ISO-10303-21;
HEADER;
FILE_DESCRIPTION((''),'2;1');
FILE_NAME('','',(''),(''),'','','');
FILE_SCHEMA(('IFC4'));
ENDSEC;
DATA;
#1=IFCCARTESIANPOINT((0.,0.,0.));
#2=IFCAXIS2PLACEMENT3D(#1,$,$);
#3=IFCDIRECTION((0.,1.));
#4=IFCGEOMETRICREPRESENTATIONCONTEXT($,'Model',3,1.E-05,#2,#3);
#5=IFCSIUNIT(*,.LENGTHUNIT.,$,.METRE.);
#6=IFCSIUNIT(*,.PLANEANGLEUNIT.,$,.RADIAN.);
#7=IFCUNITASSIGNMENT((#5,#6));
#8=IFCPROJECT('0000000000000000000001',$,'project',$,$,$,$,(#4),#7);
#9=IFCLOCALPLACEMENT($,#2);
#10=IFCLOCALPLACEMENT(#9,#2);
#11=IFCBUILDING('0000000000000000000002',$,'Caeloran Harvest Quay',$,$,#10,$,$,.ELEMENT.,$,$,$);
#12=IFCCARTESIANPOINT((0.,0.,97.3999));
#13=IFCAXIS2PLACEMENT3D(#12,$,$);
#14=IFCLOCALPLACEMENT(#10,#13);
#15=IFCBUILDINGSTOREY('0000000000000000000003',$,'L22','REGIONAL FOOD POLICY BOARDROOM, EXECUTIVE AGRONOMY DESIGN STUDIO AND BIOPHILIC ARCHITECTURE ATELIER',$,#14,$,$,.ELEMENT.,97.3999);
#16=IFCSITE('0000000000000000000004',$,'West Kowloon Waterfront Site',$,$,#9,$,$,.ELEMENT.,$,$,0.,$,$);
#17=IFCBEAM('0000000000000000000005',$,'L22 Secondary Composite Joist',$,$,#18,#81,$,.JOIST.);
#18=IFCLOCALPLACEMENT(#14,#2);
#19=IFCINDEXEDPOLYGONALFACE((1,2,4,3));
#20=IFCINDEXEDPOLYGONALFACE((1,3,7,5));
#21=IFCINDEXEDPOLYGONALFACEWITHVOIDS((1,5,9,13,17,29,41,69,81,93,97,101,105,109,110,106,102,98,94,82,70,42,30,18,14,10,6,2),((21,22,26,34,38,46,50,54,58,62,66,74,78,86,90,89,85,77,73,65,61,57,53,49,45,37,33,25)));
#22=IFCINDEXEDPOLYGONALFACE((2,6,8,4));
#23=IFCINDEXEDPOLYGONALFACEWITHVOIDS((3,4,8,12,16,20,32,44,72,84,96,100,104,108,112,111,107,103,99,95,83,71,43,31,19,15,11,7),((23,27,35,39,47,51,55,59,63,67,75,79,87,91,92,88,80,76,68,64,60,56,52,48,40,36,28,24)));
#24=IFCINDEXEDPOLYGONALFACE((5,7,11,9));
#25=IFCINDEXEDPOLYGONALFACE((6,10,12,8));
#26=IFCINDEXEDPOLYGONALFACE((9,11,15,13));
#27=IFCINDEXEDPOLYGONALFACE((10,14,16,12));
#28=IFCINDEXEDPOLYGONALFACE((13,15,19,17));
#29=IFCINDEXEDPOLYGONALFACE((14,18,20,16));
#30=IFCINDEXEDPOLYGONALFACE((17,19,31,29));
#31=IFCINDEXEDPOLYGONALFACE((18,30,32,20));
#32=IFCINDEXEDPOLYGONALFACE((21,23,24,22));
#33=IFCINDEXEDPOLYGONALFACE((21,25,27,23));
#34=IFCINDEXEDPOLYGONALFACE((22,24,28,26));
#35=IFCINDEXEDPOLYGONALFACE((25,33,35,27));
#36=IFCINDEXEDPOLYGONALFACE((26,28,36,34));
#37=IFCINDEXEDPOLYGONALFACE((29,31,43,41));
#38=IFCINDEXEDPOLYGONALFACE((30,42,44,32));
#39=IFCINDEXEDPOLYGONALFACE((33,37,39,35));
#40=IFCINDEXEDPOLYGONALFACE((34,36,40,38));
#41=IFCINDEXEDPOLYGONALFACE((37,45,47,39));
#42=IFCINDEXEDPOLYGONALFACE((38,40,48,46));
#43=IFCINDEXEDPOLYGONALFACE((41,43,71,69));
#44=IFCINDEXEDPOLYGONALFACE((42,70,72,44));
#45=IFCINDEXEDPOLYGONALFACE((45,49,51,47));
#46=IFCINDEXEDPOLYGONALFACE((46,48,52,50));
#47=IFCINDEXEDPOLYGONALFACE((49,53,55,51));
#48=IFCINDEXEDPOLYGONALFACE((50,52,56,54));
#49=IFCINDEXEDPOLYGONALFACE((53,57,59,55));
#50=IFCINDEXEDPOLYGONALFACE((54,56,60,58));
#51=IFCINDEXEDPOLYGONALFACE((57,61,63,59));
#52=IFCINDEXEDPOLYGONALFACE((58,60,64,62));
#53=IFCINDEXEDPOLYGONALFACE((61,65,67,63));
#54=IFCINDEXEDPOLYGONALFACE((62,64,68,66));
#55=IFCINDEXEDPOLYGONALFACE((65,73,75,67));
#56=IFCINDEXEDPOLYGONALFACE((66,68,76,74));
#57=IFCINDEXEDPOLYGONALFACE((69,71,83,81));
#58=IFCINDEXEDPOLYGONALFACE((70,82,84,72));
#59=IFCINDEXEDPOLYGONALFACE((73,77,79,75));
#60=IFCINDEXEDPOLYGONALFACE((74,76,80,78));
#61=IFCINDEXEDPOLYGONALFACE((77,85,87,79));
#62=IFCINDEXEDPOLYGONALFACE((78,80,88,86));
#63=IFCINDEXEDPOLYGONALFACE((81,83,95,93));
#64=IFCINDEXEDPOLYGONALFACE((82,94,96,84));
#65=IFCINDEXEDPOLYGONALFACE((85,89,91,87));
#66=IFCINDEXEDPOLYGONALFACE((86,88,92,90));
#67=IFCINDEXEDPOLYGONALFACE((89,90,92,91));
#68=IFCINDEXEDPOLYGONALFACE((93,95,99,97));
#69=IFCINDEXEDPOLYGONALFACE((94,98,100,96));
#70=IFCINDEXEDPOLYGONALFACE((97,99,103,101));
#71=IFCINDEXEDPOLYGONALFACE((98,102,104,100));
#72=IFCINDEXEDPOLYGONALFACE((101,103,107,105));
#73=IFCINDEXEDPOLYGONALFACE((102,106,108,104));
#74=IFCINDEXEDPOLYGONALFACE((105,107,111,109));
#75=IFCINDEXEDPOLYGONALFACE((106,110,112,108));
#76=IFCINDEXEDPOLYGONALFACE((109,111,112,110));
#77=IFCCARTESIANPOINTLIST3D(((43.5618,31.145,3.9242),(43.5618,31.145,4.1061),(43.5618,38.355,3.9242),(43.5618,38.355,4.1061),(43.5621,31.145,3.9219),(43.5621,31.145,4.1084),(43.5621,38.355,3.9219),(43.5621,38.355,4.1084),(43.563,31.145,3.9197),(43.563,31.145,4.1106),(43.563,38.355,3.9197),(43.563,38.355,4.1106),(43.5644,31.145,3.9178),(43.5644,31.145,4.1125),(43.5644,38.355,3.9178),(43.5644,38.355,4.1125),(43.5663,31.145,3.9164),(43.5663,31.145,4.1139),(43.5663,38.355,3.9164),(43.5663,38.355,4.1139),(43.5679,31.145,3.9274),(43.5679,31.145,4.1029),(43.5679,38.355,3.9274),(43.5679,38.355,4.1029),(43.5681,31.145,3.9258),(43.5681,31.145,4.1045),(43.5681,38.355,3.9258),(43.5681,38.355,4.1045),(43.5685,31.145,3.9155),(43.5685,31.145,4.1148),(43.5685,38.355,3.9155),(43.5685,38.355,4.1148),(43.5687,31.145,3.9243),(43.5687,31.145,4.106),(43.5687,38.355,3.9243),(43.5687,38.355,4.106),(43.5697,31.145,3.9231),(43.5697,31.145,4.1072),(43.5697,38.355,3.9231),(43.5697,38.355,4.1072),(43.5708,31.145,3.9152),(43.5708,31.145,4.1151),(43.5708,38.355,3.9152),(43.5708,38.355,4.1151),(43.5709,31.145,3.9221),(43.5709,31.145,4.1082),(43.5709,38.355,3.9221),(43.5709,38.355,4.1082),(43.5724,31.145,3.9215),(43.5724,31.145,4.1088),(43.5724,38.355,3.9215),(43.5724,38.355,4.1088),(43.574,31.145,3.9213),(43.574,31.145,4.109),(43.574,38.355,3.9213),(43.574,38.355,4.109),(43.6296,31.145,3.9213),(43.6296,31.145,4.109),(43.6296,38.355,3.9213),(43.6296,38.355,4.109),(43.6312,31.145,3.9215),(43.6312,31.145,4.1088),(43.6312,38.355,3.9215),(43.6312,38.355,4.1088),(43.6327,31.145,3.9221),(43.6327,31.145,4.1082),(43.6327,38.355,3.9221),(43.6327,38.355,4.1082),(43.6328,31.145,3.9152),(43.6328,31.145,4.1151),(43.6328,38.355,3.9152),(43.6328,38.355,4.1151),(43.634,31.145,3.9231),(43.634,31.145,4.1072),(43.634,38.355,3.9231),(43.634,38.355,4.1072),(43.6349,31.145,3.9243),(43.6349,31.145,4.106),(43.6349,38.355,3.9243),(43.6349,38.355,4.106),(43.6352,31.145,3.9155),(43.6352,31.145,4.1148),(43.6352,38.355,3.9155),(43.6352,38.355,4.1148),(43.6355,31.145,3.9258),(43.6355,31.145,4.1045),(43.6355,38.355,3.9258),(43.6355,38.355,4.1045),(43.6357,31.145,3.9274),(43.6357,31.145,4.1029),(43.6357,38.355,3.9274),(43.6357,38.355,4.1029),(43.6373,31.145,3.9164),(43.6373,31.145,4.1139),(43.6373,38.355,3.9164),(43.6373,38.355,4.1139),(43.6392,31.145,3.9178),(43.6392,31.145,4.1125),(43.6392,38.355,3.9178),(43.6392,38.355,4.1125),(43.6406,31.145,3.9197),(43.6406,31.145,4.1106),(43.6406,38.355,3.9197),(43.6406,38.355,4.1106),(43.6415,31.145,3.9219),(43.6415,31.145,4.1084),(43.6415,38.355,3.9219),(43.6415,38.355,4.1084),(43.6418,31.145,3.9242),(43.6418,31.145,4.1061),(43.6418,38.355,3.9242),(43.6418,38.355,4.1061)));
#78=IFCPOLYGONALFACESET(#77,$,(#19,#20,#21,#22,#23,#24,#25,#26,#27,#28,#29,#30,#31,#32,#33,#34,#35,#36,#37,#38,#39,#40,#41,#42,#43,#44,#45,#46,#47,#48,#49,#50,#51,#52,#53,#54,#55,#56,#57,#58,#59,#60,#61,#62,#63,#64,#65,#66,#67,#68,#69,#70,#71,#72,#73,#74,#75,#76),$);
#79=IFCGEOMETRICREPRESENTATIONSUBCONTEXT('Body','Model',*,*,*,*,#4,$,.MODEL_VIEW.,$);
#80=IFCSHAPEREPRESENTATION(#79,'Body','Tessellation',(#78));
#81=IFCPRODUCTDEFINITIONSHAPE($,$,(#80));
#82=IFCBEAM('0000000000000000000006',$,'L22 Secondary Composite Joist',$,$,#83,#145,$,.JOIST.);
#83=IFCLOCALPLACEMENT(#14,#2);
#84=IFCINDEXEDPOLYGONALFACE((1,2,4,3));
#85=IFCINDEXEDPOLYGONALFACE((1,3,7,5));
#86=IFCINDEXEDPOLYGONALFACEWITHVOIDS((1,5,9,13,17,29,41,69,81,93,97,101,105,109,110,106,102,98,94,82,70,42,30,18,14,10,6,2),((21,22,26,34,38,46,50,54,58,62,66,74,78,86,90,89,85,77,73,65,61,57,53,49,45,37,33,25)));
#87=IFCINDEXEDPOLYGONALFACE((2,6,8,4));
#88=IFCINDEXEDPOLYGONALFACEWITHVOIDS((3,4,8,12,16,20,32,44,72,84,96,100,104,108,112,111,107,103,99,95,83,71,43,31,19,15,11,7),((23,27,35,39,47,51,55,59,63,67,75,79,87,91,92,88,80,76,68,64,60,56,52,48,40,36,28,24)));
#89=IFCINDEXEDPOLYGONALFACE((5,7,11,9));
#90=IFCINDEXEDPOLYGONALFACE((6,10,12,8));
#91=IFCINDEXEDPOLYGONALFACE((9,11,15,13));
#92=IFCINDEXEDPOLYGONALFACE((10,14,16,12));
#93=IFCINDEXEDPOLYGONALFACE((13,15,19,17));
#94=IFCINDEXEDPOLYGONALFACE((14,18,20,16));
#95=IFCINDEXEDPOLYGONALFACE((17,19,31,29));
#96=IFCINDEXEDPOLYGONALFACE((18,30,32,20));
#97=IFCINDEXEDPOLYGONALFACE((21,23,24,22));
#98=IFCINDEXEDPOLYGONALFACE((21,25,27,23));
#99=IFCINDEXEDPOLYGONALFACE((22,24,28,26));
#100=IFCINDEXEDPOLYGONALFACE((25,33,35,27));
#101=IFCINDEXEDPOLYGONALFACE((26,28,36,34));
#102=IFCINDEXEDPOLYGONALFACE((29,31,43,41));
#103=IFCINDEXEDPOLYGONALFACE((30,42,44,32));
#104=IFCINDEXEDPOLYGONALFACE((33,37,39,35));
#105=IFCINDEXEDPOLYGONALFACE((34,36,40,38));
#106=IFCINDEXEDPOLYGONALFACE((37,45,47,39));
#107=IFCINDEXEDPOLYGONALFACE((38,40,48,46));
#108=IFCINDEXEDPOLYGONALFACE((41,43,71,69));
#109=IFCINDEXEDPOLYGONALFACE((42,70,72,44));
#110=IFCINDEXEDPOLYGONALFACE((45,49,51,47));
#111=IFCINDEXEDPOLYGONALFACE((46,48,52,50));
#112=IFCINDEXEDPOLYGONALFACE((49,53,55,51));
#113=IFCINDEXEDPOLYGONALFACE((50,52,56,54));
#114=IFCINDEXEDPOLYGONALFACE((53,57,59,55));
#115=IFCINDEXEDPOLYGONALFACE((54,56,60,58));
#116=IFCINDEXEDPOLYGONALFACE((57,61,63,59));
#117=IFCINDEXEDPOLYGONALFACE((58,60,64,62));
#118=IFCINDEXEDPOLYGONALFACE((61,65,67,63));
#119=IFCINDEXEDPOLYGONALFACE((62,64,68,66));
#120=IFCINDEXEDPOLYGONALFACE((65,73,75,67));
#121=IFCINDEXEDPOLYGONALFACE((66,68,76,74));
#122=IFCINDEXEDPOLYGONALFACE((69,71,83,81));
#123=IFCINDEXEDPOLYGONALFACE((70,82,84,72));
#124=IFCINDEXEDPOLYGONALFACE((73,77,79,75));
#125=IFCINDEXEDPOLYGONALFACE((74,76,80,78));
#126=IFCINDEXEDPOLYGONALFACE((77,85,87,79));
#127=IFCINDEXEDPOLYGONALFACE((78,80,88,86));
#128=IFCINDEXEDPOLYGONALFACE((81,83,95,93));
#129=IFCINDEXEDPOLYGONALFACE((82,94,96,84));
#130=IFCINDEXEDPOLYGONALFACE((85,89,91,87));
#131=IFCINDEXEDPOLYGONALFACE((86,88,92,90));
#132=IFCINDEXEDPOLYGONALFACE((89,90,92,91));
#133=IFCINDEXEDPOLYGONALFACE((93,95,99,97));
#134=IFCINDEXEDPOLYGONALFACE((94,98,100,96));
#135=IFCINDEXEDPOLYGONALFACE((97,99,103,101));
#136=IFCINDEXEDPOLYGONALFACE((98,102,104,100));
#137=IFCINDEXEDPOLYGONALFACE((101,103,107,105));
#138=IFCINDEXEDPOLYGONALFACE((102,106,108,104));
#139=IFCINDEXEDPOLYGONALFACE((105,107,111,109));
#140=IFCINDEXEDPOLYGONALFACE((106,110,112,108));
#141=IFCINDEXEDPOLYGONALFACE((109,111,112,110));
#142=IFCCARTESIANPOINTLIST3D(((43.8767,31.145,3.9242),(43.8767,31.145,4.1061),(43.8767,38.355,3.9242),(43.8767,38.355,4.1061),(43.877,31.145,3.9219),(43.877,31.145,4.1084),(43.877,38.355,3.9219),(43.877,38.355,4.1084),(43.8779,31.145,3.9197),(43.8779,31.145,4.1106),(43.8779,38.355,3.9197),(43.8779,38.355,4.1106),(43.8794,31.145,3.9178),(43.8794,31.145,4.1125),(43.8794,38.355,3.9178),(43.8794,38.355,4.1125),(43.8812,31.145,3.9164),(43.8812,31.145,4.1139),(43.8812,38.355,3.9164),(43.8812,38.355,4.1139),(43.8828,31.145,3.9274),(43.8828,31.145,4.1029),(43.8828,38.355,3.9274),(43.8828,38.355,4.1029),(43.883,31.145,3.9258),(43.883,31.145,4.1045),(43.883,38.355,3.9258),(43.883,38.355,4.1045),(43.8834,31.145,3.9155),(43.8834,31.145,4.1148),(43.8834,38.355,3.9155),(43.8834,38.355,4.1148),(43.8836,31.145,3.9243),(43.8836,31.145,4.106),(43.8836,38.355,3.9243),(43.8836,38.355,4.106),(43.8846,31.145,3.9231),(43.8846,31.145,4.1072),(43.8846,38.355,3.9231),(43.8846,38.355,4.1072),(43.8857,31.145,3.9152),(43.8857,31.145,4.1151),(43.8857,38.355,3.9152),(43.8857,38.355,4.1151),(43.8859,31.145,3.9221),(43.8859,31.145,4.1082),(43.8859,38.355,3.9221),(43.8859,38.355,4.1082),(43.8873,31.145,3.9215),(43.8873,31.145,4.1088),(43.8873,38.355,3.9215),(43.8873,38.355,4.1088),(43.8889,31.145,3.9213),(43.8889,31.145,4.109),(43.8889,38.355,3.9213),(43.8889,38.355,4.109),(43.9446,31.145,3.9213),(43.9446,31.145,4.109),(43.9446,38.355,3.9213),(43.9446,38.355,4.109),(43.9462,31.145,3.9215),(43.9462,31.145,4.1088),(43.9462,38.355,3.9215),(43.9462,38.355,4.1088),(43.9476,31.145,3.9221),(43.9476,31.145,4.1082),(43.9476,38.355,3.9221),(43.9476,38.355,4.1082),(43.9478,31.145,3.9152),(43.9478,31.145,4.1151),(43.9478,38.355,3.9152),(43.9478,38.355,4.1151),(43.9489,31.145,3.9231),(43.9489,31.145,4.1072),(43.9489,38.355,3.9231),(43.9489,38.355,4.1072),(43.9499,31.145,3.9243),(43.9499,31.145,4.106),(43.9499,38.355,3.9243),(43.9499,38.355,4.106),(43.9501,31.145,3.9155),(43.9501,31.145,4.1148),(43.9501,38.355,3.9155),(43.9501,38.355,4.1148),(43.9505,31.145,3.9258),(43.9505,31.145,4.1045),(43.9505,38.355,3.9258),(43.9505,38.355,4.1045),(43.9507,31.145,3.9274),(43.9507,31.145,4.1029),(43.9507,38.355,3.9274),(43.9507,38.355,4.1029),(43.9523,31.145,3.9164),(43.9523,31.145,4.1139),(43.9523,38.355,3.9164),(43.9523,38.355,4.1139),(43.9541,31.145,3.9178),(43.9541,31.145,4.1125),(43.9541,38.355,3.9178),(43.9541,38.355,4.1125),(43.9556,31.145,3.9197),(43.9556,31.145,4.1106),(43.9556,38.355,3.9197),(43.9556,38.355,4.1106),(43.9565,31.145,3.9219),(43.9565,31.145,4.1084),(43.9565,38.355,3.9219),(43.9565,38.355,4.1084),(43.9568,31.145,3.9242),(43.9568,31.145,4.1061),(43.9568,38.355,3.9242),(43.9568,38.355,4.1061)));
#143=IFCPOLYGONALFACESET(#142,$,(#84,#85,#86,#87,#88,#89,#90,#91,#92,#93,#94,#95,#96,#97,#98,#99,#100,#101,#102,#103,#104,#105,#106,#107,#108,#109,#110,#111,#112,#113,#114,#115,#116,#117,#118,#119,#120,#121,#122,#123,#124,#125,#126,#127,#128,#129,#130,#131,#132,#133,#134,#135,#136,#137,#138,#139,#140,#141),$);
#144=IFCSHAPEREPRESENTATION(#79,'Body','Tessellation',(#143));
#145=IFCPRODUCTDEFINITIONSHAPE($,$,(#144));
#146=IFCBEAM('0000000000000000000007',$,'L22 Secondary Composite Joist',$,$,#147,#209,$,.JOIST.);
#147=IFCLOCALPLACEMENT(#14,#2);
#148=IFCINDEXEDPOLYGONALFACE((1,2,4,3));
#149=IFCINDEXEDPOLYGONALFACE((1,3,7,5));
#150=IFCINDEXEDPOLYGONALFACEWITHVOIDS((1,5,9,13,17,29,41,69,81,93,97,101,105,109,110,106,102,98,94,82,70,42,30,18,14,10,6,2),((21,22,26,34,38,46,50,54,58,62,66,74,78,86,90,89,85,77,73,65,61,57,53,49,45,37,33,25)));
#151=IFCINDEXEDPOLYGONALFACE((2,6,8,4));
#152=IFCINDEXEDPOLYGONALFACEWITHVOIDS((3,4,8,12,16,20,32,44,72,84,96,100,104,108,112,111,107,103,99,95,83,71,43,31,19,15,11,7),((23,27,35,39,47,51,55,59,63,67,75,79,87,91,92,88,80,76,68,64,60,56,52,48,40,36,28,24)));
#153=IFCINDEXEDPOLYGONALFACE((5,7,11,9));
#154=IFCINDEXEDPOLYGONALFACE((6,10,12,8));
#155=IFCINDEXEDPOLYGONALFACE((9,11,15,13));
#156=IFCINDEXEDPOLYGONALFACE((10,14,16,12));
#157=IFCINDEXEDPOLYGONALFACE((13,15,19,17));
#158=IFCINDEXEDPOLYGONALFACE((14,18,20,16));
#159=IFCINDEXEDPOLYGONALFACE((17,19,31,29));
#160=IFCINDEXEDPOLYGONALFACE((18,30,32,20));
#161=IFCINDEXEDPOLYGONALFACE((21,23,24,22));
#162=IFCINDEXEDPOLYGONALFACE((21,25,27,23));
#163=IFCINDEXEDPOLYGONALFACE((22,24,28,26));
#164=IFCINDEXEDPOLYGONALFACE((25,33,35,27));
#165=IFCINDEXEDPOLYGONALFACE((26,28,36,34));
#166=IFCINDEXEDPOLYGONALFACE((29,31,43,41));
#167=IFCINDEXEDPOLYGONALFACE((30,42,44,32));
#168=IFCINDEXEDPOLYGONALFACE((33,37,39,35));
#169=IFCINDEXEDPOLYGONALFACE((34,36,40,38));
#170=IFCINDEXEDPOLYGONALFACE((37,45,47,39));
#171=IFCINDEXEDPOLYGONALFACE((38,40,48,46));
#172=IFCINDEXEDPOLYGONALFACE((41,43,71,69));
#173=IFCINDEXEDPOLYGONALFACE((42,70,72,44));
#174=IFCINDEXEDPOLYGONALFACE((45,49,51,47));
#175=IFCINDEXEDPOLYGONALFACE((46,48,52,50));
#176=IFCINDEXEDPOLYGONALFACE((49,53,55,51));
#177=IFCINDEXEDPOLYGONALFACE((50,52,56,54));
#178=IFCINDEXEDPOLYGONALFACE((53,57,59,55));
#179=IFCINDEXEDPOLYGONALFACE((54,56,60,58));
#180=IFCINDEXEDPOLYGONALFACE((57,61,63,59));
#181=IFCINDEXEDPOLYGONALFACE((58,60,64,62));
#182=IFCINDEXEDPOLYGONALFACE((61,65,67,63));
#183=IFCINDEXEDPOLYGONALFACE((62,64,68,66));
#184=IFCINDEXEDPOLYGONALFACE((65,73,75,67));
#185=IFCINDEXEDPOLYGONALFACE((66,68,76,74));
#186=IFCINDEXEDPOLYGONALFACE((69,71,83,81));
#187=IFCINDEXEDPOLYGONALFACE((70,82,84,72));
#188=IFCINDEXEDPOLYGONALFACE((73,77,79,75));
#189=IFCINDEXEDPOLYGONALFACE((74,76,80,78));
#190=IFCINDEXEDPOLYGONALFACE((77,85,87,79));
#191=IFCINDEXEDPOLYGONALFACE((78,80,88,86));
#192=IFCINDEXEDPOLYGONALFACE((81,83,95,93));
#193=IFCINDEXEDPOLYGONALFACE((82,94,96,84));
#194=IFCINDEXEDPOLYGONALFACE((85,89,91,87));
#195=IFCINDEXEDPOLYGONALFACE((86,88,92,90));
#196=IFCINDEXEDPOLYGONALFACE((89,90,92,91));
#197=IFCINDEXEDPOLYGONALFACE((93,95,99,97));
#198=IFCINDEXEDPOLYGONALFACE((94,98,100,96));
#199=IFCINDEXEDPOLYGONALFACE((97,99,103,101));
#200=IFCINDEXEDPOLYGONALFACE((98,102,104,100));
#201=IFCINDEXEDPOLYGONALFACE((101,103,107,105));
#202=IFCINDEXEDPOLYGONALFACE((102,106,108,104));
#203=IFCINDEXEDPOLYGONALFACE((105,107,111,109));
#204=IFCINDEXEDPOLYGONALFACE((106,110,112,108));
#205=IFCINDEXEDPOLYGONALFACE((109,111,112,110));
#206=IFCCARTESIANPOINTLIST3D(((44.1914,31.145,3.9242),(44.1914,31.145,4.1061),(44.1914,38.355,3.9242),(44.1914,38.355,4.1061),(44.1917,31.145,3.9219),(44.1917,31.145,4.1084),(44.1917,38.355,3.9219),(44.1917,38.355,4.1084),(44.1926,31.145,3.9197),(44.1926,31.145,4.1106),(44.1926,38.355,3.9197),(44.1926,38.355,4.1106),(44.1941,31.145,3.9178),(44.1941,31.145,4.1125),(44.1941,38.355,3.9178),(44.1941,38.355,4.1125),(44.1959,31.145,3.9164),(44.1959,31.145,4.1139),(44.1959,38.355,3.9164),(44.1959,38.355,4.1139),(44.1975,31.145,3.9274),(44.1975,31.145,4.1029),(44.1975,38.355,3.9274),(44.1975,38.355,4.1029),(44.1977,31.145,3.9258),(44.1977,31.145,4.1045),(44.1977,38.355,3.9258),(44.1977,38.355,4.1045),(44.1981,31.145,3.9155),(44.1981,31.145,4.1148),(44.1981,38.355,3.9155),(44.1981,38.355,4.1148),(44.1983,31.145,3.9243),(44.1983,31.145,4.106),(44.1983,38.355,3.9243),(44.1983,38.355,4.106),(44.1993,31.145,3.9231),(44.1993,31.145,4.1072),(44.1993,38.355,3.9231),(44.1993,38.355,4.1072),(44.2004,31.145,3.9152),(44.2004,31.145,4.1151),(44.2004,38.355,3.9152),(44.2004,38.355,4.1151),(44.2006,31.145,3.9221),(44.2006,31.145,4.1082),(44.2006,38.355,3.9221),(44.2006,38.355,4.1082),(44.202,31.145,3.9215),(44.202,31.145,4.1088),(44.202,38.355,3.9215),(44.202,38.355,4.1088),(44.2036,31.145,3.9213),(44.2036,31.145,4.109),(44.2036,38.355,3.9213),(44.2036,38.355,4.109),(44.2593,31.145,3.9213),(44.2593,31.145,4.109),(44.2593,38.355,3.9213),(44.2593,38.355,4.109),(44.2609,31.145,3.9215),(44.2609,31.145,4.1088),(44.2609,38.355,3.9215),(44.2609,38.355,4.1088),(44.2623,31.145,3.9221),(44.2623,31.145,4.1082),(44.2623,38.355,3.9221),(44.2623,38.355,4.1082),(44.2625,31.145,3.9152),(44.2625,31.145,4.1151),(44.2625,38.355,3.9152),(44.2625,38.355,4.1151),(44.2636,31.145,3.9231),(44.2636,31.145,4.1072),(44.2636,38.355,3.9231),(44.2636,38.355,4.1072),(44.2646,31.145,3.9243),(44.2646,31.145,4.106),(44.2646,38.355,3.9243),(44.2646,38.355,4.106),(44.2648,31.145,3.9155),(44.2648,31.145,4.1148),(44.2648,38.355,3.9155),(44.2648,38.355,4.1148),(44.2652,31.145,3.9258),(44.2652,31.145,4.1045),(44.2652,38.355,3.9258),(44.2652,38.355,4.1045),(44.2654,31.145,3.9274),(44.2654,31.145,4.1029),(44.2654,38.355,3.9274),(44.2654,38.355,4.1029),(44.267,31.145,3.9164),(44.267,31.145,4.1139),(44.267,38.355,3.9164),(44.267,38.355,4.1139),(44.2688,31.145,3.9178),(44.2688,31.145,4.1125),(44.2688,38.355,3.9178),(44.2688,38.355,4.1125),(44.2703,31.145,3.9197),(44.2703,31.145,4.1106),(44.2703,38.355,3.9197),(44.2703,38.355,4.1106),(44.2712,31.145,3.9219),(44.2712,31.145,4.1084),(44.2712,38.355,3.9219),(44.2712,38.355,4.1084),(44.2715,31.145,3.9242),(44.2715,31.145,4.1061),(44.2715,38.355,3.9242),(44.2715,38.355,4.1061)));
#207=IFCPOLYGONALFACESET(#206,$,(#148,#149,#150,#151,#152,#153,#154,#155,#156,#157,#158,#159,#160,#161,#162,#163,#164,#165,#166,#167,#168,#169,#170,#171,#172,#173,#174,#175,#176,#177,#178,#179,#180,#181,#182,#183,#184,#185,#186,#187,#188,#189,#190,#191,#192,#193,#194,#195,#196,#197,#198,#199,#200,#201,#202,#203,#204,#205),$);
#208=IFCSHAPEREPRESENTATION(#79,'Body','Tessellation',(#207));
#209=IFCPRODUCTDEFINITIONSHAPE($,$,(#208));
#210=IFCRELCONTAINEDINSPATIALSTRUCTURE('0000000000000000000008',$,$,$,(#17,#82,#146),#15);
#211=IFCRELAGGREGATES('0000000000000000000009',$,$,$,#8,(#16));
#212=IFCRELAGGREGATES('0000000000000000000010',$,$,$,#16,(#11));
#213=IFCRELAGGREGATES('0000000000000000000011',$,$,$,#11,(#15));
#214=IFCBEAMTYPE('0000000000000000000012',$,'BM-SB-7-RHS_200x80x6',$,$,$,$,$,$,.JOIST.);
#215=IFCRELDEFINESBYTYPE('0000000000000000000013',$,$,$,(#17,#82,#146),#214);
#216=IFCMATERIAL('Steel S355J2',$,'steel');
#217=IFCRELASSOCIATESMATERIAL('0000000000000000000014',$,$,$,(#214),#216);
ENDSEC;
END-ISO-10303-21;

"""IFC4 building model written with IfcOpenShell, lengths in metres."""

from ifc_helpers import new_model, si_unit, direction, frame, origin, origin_2d, place, context, subcontext, project, spatial, hollow_rectangle, extrude, material, material_profile, profile_set, type_object, element, save


model = new_model("IFC4")

# Units and contexts
model_context = context("Model", 3, precision=1e-05, world=origin(), true_north=direction((0.0, 1.0)))
body_context = subcontext(model_context, "Body", "Model", "MODEL_VIEW")
ifc_project = project(units=[si_unit("LENGTHUNIT", "METRE"), si_unit("PLANEANGLEUNIT", "RADIAN")], contexts=[model_context])

# Site, building, storey
site_placement = place(None, origin())
site = spatial("IfcSite", under=ifc_project, at=site_placement, Name="West Kowloon Waterfront Site", CompositionType="ELEMENT", RefElevation=0.0)
building_placement = place(site_placement, origin())
building = spatial("IfcBuilding", under=site, at=building_placement, Name="Caeloran Harvest Quay", CompositionType="ELEMENT")
storey_placement = place(building_placement, frame((0.0, 0.0, 97.3999)))
storey = spatial("IfcBuildingStorey", under=building, at=storey_placement, Name="L22", Description="REGIONAL FOOD POLICY BOARDROOM, EXECUTIVE AGRONOMY DESIGN STUDIO AND BIOPHILIC ARCHITECTURE ATELIER", CompositionType="ELEMENT", Elevation=97.3999)

# Beams
ifc_material_1 = material(Name="Steel S355J2", Category="steel")
ifc_material_profile_1 = material_profile(ifc_material_1, hollow_rectangle(XDim=0.0801, YDim=0.2, WallThickness=0.0061, InnerFilletRadius=0.0061, OuterFilletRadius=0.009, at=origin_2d()), Name="RHS 200x80x6")
ifc_profile_set_1 = profile_set([ifc_material_profile_1], Name="Steel S355J2")
beam_type_1 = type_object("IfcBeamType", Name="BM-SB-7-RHS_200x80x6", PredefinedType="JOIST", material=ifc_profile_set_1)
for number, where, z_axis, x_axis, name in (
    (1, (43.6018, 31.145, 4.0151), (0.0, 1.0, 0.0), (-1.0, 0.0, 0.0), "L22 Secondary Composite Joist"),
    (2, (43.9167, 31.145, 4.0151), (0.0, 1.0, 0.0), (-1.0, 0.0, 0.0), "L22 Secondary Composite Joist"),
    (3, (44.2314, 31.145, 4.0151), (0.0, 1.0, 0.0), (-1.0, 0.0, 0.0), "L22 Secondary Composite Joist"),
):
    element("IfcBeam", number, at=place(storey_placement, frame(where, z_axis=z_axis, x_axis=x_axis)), inside=storey, type_object=beam_type_1, Name=name, PredefinedType="JOIST", context=body_context, shape_type="SweptSolid", body=[
        extrude(hollow_rectangle(XDim=0.0801, YDim=0.2, WallThickness=0.0061, InnerFilletRadius=0.0061, OuterFilletRadius=0.009, at=origin_2d()), origin(), (0.0, 0.0, 1.0), 7.21),
    ])

save(model, "model.ifc")
